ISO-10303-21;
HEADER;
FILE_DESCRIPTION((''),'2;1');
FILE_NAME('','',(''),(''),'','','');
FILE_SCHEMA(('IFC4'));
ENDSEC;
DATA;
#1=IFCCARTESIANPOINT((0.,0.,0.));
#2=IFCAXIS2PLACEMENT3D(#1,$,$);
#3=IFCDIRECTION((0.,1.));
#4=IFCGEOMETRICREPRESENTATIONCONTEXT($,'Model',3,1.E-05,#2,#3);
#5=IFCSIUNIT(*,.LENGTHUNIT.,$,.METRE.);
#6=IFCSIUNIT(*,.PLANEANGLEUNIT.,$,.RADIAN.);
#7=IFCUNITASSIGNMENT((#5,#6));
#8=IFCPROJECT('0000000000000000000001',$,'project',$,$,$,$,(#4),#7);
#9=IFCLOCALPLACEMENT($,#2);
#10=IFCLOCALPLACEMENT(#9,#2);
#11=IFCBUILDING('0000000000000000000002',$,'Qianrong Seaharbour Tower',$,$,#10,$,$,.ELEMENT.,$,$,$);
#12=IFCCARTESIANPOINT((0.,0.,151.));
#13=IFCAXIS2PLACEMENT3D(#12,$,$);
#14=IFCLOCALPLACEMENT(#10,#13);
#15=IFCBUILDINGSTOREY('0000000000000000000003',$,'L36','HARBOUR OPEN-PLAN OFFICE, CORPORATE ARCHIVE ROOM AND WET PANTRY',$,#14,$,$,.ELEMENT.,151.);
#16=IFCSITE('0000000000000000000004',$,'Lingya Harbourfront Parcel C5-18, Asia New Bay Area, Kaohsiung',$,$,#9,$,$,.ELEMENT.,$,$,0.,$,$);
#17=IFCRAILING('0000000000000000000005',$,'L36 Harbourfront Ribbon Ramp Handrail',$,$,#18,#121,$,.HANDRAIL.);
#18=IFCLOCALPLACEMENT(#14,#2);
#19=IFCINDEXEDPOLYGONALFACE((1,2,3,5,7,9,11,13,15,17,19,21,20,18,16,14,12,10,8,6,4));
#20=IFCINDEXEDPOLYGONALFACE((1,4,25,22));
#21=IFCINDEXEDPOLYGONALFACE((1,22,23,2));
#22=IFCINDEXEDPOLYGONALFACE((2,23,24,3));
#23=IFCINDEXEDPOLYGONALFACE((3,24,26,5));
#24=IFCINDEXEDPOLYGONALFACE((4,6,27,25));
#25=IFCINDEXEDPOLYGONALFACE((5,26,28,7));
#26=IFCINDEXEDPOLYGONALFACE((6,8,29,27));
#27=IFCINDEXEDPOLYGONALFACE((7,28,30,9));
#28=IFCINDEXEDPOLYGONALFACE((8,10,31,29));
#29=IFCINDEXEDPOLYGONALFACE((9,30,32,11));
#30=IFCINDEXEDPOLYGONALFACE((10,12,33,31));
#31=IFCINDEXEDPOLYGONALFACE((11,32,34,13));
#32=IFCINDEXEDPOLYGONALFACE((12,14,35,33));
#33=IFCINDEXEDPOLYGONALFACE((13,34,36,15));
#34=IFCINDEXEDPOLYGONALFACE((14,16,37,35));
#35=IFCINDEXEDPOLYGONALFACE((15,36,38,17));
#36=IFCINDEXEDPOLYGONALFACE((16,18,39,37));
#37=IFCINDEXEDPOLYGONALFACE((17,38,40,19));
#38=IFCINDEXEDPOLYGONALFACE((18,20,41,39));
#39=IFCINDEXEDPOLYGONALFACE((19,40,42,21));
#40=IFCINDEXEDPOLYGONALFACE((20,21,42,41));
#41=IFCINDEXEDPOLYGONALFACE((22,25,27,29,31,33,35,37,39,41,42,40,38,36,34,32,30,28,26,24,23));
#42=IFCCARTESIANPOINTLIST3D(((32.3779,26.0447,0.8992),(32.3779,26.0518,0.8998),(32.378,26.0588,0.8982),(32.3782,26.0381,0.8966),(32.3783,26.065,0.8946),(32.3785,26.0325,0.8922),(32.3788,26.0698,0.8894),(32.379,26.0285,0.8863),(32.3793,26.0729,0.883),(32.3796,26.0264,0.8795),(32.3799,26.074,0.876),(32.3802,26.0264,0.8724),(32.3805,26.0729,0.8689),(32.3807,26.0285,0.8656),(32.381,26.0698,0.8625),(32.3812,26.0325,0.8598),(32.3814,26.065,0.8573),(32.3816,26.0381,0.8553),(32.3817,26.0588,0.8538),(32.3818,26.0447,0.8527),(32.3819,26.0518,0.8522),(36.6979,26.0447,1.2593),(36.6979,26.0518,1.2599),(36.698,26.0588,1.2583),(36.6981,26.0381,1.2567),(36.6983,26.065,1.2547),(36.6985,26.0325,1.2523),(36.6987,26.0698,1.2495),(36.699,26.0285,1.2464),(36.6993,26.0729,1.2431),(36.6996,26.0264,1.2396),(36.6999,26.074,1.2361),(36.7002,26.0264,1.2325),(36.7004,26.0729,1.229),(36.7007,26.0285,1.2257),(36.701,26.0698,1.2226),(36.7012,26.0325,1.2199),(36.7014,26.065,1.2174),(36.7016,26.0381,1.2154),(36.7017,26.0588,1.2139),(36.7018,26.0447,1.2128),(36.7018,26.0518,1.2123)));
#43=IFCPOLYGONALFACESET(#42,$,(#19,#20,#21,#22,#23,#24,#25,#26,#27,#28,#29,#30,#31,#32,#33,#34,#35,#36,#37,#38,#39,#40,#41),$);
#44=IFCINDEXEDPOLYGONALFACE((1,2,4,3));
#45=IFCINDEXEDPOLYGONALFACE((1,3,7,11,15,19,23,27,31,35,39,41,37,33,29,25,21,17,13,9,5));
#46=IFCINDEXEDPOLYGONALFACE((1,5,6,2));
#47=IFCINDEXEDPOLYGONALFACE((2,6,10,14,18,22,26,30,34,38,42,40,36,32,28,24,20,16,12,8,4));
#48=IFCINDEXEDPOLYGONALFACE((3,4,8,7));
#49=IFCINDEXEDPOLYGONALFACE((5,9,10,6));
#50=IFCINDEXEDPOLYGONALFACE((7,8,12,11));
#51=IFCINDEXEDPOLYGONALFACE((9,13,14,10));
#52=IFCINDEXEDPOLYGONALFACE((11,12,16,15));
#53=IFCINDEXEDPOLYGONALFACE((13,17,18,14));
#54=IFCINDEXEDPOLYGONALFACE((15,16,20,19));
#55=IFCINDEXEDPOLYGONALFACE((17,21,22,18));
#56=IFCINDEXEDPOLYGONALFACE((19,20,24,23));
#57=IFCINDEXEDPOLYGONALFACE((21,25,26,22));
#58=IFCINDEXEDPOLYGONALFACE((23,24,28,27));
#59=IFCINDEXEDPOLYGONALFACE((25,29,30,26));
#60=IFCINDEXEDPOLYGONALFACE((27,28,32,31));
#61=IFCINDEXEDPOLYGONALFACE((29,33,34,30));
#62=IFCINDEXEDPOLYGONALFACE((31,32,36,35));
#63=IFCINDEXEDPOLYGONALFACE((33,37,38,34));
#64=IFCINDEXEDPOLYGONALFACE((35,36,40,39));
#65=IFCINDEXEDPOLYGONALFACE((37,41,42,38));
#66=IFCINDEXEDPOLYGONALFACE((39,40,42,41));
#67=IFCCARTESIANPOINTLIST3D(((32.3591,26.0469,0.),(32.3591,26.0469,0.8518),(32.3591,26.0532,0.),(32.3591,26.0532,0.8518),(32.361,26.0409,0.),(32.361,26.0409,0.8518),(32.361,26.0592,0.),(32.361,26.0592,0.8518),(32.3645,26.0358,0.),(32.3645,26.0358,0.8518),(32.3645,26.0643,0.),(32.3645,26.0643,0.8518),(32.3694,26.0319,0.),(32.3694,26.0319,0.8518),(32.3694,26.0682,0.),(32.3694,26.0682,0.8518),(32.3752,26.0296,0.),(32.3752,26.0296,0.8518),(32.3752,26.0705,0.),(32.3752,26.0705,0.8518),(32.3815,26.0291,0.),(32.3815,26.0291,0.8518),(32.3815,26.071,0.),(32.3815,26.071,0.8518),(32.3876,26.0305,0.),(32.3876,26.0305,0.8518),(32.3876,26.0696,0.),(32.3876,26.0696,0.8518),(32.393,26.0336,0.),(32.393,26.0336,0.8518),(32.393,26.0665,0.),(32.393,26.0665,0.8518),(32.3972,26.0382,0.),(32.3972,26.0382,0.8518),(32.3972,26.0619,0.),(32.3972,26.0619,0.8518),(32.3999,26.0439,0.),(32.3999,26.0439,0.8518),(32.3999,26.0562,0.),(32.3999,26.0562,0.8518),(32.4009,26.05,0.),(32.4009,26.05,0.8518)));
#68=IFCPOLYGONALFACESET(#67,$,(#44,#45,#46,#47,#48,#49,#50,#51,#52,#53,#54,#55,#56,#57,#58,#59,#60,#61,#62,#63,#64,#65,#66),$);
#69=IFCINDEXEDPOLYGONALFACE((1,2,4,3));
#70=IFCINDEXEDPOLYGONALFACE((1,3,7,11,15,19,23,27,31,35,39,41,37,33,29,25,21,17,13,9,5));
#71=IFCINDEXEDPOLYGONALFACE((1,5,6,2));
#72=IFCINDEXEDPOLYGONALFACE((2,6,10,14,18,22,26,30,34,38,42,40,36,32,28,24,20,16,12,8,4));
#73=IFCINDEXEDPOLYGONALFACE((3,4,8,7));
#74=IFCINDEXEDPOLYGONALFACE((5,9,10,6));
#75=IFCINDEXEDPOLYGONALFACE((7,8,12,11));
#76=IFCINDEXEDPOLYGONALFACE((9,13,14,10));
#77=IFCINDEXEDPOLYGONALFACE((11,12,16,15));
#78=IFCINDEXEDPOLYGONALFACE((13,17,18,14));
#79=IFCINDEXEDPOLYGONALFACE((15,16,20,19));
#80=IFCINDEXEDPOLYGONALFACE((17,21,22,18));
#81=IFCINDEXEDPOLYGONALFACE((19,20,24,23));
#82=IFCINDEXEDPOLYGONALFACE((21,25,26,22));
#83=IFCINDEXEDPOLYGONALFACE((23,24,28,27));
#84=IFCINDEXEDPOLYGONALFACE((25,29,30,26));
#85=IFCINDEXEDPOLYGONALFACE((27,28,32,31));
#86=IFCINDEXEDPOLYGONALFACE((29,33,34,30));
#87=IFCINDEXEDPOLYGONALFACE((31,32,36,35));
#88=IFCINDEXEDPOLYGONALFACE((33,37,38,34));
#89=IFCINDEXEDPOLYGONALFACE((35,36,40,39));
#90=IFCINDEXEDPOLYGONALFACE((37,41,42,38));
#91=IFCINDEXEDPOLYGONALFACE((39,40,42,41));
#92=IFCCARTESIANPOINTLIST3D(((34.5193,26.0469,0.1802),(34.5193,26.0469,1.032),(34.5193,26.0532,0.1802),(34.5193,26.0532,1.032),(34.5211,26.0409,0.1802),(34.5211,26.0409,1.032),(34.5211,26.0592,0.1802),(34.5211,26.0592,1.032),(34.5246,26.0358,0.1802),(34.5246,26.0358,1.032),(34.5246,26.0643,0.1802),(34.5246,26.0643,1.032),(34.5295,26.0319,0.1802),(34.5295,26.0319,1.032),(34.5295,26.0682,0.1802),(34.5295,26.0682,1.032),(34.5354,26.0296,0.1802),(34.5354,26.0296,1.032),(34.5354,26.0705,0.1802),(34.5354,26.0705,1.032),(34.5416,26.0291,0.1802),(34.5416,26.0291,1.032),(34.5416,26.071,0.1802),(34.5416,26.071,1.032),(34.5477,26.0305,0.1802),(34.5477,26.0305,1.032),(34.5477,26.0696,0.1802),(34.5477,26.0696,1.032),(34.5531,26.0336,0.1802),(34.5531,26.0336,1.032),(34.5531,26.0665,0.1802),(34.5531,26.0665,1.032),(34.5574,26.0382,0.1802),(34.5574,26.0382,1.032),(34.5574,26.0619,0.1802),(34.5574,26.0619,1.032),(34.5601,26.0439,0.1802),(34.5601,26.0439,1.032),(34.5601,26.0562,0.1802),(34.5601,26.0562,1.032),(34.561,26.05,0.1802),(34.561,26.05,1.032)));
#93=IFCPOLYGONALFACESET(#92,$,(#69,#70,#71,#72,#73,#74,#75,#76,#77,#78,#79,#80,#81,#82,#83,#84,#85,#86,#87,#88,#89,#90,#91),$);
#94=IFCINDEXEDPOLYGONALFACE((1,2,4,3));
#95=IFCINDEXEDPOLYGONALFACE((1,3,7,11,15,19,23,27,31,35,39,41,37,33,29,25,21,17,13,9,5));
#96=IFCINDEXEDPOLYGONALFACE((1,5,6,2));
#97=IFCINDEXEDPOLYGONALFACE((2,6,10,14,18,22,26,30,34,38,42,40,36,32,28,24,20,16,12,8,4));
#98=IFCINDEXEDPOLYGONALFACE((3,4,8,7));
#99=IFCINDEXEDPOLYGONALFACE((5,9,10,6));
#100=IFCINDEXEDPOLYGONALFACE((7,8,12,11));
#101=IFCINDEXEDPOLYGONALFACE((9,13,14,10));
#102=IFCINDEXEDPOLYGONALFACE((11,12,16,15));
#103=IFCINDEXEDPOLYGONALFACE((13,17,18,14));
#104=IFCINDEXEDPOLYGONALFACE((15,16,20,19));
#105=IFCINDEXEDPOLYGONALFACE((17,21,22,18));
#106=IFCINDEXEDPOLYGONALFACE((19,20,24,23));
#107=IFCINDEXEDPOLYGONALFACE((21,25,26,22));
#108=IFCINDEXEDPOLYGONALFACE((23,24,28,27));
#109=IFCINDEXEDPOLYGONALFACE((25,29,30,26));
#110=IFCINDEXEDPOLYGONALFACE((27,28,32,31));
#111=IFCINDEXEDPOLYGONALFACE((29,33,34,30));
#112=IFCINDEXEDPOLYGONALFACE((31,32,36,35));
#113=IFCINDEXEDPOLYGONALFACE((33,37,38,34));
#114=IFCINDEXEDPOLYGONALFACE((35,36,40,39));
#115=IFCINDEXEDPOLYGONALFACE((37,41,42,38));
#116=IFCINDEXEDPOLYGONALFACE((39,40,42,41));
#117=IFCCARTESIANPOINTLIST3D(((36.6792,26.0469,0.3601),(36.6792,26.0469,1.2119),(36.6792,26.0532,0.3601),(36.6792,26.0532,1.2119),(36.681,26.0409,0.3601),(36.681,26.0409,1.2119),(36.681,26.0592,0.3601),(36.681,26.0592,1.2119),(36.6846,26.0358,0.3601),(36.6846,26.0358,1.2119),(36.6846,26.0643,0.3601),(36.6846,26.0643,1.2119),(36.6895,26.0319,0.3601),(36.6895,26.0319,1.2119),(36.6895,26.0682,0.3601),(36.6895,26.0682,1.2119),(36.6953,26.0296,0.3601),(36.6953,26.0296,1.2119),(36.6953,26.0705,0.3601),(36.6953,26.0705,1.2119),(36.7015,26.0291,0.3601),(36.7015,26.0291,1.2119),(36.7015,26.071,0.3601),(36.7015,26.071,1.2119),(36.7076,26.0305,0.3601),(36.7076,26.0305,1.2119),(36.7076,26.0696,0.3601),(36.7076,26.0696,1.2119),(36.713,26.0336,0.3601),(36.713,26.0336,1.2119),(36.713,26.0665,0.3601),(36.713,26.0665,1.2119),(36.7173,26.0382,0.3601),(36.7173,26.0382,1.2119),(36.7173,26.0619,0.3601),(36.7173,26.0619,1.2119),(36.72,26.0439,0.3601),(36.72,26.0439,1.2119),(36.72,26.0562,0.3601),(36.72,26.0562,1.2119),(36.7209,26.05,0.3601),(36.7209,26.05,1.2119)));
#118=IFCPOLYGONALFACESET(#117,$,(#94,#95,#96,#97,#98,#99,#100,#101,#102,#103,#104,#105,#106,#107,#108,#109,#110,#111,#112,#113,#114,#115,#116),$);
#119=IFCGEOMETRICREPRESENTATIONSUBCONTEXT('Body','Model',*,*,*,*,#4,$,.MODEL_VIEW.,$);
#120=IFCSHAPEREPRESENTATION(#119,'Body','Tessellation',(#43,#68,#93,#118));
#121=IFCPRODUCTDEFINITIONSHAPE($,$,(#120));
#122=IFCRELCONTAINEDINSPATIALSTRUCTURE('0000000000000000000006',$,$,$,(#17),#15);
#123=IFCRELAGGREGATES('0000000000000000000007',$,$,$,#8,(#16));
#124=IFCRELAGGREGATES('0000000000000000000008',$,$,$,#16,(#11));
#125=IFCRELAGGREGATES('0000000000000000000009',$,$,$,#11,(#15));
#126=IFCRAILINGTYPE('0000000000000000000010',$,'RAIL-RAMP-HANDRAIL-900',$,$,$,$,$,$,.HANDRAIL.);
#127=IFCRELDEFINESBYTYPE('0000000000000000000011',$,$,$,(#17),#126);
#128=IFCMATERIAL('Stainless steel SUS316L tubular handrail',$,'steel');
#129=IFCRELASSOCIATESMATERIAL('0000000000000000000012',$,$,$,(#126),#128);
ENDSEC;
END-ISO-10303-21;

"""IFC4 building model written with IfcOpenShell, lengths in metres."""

from ifc_helpers import new_model, si_unit, direction, frame, origin, origin_2d, place, context, subcontext, project, spatial, circle, extrude, material, type_object, element, save


model = new_model("IFC4")

# Units and contexts
model_context = context("Model", 3, precision=1e-05, world=origin(), true_north=direction((0.0, 1.0)))
body_context = subcontext(model_context, "Body", "Model", "MODEL_VIEW")
ifc_project = project(units=[si_unit("LENGTHUNIT", "METRE"), si_unit("PLANEANGLEUNIT", "RADIAN")], contexts=[model_context])

# Site, building, storey
site_placement = place(None, origin())
site = spatial("IfcSite", under=ifc_project, at=site_placement, Name="Lingya Harbourfront Parcel C5-18, Asia New Bay Area, Kaohsiung", CompositionType="ELEMENT", RefElevation=0.0)
building_placement = place(site_placement, origin())
building = spatial("IfcBuilding", under=site, at=building_placement, Name="Qianrong Seaharbour Tower", CompositionType="ELEMENT")
storey_placement = place(building_placement, frame((0.0, 0.0, 151.0)))
storey = spatial("IfcBuildingStorey", under=building, at=storey_placement, Name="L36", Description="HARBOUR OPEN-PLAN OFFICE, CORPORATE ARCHIVE ROOM AND WET PANTRY", CompositionType="ELEMENT", Elevation=151.0)

# Railing
ifc_material_1 = material(Name="Stainless steel SUS316L tubular handrail", Category="steel")
railing_type = type_object("IfcRailingType", Name="RAIL-RAMP-HANDRAIL-900", PredefinedType="HANDRAIL", material=ifc_material_1)
railing_placement = place(storey_placement, frame((32.3799, 26.05, 0.0)))
element("IfcRailing", 1, at=railing_placement, inside=storey, type_object=railing_type, Name="L36 Harbourfront Ribbon Ramp Handrail", PredefinedType="HANDRAIL", context=body_context, shape_type="SweptSolid", body=[
    extrude(circle(Radius=0.0239, at=origin_2d()), frame((0.0, 0.0, 0.876), z_axis=(0.996544, 0.0, 0.083069), x_axis=(0.0, 1.0, 0.0)), (0.0, 0.0, 1.0), 4.335),
    extrude(circle(Radius=0.021, at=origin_2d()), origin(), (0.0, 0.0, 1.0), 0.8518),
    extrude(circle(Radius=0.021, at=origin_2d()), frame((2.1602, 0.0, 0.1802)), (0.0, 0.0, 1.0), 0.8518),
    extrude(circle(Radius=0.021, at=origin_2d()), frame((4.3201, 0.0, 0.3601)), (0.0, 0.0, 1.0), 0.8518),
])

save(model, "model.ifc")
